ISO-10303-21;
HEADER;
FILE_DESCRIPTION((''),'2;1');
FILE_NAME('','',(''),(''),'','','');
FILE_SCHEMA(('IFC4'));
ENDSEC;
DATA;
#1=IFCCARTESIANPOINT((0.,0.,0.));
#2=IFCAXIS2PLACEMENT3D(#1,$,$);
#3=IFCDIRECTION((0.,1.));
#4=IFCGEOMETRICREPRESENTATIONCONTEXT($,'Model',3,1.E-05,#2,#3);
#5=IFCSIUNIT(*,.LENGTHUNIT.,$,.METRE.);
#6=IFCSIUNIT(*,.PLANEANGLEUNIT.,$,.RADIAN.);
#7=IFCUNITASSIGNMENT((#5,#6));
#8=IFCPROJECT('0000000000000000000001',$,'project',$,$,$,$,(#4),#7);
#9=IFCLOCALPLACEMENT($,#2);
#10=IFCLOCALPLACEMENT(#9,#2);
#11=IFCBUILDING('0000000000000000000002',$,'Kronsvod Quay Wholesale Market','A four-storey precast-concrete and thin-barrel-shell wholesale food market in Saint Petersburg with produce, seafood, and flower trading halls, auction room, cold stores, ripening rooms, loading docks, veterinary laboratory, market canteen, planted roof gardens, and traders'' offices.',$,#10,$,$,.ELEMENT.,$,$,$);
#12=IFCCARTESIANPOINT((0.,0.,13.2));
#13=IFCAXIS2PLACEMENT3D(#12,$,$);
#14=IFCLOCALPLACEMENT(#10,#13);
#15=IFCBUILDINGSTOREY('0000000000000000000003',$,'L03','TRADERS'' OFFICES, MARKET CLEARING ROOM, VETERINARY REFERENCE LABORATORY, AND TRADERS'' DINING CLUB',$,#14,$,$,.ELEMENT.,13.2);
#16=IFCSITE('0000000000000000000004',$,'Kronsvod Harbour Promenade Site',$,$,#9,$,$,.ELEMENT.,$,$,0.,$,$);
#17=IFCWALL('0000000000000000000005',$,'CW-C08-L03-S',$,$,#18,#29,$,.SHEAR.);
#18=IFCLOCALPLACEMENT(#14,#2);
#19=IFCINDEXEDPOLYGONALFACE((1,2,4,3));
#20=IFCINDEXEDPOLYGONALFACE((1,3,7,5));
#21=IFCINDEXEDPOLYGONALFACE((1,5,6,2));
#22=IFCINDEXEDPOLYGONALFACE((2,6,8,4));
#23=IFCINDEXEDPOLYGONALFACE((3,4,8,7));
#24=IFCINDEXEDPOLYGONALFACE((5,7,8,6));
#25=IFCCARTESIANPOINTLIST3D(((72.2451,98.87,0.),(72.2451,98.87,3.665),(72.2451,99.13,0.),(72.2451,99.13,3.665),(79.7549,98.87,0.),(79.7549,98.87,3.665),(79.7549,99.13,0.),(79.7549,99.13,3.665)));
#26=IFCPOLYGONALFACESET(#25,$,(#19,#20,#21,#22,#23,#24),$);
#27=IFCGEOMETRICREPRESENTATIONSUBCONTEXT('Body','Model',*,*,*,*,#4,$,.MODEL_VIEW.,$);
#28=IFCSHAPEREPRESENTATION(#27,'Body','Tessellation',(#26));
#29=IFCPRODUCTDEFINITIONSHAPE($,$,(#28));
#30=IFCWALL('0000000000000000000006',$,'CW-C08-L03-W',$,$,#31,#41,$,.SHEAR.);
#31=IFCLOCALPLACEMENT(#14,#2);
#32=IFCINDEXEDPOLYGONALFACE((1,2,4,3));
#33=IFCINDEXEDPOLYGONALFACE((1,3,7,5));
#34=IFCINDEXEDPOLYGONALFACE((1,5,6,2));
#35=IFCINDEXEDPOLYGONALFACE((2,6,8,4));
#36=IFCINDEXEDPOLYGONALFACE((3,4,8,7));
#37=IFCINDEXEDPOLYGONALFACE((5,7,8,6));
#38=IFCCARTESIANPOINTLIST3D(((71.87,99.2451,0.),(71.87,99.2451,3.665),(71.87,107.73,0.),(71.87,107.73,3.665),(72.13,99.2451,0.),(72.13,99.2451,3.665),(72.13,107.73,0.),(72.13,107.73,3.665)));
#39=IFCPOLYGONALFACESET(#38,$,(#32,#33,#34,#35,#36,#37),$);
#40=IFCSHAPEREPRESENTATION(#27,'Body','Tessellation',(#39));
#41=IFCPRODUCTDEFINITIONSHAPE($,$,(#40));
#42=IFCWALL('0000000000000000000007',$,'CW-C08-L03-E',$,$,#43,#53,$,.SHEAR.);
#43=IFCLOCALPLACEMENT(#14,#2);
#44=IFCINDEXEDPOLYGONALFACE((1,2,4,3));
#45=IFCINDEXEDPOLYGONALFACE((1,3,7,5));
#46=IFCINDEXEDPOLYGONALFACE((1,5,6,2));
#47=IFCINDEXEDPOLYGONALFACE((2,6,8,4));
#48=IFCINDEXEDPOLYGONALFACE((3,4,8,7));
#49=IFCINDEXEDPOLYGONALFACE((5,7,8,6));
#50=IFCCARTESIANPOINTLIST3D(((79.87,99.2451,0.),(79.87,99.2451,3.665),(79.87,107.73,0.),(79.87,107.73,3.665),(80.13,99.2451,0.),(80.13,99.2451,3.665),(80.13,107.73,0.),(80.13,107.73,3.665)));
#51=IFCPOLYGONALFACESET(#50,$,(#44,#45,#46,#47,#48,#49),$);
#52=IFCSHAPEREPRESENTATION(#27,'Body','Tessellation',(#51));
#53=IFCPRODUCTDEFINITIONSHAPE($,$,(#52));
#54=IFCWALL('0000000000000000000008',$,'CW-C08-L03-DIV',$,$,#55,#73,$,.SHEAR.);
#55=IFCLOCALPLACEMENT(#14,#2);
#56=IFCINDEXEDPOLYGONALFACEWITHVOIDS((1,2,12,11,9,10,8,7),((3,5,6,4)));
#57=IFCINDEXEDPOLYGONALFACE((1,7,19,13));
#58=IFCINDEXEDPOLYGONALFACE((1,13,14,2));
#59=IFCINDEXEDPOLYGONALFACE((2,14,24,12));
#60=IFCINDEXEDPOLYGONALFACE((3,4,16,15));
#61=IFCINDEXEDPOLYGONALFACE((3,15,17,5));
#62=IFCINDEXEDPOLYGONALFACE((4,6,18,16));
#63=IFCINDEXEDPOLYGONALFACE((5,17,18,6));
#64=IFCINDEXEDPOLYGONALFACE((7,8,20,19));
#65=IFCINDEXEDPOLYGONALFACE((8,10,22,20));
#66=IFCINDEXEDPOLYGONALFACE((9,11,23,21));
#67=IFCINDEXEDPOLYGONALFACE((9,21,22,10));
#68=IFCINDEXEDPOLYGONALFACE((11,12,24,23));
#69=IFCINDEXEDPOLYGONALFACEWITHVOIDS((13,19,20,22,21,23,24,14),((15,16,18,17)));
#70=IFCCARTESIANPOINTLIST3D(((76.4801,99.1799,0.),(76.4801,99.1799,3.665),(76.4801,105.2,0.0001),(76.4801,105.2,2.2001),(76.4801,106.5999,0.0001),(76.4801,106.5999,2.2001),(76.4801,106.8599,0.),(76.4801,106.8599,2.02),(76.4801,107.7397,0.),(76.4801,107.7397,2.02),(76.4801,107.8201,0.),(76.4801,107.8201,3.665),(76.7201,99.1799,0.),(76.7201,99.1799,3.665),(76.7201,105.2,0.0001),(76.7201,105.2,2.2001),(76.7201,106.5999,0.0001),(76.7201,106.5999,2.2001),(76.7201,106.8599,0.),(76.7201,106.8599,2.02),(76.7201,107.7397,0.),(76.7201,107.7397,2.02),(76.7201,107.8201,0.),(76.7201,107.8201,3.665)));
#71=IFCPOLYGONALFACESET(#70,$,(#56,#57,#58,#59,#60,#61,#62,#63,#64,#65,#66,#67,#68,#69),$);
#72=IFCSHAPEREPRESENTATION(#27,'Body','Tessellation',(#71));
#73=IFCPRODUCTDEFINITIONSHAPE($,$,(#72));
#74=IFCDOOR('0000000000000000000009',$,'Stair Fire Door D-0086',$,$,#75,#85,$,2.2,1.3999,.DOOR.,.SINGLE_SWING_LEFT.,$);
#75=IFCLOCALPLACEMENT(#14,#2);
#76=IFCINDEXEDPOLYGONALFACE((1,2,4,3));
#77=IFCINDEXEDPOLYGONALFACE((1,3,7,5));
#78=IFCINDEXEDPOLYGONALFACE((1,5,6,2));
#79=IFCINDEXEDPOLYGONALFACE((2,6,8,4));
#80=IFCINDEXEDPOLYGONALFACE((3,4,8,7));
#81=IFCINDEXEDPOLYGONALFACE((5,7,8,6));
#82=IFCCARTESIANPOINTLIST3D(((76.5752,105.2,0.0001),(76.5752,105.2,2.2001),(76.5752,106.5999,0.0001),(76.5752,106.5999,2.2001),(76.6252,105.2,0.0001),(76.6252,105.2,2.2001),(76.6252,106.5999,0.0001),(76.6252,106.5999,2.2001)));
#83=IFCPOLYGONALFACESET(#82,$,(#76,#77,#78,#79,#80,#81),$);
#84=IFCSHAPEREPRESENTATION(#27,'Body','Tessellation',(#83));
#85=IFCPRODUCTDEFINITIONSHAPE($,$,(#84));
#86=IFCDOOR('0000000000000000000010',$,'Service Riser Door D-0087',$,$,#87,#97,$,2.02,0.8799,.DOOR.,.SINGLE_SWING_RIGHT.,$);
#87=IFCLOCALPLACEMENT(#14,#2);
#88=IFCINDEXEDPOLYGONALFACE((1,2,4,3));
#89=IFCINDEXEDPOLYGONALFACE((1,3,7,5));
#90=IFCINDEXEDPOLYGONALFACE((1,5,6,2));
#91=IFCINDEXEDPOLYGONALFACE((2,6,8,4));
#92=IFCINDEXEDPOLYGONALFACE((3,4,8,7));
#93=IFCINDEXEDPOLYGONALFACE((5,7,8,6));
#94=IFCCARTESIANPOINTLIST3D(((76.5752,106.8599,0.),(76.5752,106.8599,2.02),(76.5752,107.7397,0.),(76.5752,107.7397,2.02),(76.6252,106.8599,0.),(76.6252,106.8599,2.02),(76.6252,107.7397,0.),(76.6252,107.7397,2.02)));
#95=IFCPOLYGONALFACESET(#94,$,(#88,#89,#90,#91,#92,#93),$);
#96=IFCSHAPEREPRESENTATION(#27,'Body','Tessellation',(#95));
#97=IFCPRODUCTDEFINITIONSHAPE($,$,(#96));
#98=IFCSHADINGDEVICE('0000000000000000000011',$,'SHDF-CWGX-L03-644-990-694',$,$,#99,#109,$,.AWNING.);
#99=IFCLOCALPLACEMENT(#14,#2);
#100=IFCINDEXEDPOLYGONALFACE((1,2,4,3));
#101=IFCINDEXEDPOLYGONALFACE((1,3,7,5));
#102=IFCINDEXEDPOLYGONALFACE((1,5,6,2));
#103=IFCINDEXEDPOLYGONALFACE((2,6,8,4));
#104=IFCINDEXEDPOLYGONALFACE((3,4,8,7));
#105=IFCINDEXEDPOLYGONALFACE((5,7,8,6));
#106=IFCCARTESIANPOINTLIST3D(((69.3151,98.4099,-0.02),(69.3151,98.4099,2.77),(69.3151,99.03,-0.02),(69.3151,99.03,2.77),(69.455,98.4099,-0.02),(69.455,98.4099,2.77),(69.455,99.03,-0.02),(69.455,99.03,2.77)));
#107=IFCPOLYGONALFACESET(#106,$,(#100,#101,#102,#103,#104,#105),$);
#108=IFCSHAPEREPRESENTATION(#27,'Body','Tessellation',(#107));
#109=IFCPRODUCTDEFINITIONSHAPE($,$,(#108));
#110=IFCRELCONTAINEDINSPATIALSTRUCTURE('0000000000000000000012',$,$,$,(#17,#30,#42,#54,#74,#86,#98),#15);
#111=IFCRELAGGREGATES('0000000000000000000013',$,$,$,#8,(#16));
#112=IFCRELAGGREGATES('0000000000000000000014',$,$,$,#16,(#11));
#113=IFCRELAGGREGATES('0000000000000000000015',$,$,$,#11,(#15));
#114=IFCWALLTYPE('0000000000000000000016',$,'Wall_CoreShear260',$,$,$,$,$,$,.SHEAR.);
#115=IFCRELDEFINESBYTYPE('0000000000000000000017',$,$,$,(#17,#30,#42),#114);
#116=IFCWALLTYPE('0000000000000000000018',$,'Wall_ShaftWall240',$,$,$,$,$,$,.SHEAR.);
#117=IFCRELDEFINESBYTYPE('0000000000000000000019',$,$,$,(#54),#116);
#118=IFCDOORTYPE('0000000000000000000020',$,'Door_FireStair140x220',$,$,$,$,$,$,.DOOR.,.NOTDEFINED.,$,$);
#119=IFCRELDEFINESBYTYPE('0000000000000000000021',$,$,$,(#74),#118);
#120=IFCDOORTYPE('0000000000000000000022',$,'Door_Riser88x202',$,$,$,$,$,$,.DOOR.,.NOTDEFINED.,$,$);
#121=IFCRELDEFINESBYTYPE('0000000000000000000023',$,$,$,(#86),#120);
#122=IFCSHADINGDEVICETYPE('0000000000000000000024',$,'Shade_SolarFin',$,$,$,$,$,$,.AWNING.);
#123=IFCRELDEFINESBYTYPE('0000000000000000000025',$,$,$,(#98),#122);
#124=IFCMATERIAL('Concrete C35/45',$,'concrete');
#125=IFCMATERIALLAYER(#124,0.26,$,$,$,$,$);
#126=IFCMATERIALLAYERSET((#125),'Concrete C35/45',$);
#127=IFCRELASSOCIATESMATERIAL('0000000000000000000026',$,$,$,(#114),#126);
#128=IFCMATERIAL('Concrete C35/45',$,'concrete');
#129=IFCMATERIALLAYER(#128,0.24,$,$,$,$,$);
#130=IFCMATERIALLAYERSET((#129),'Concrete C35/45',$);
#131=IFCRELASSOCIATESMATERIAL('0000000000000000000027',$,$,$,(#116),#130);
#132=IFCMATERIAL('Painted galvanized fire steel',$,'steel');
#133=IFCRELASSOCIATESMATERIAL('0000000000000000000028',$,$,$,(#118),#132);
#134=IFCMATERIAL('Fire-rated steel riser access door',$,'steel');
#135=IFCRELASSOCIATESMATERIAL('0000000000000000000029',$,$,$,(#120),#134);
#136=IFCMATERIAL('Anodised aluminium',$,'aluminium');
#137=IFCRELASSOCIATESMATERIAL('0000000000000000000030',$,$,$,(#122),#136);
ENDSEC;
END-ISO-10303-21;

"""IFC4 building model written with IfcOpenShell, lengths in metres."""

from ifc_helpers import new_model, si_unit, direction, frame, frame_2d, origin, origin_2d, place, context, subcontext, project, spatial, rectangle, extrude, material, layer, layer_set, type_object, element, fill, save


model = new_model("IFC4")

# Units and contexts
model_context = context("Model", 3, precision=1e-05, world=origin(), true_north=direction((0.0, 1.0)))
body_context = subcontext(model_context, "Body", "Model", "MODEL_VIEW")
ifc_project = project(units=[si_unit("LENGTHUNIT", "METRE"), si_unit("PLANEANGLEUNIT", "RADIAN")], contexts=[model_context])

# Site, building, storey
site_placement = place(None, origin())
site = spatial("IfcSite", under=ifc_project, at=site_placement, Name="Kronsvod Harbour Promenade Site", CompositionType="ELEMENT", RefElevation=0.0)
building_placement = place(site_placement, origin())
building = spatial("IfcBuilding", under=site, at=building_placement, Name="Kronsvod Quay Wholesale Market", Description="A four-storey precast-concrete and thin-barrel-shell wholesale food market in Saint Petersburg with produce, seafood, and flower trading halls, auction room, cold stores, ripening rooms, loading docks, veterinary laboratory, market canteen, planted roof gardens, and traders' offices.", CompositionType="ELEMENT")
storey_placement = place(building_placement, frame((0.0, 0.0, 13.2)))
storey = spatial("IfcBuildingStorey", under=building, at=storey_placement, Name="L03", Description="TRADERS' OFFICES, MARKET CLEARING ROOM, VETERINARY REFERENCE LABORATORY, AND TRADERS' DINING CLUB", CompositionType="ELEMENT", Elevation=13.2)

# Walls
ifc_material_1 = material(Name="Concrete C35/45", Category="concrete")
ifc_layer_1 = layer(ifc_material_1, 0.26)
ifc_layer_set_1 = layer_set([ifc_layer_1], Name="Concrete C35/45")
wall_type_1 = type_object("IfcWallType", Name="Wall_CoreShear260", PredefinedType="SHEAR", material=ifc_layer_set_1)
wall_1_placement = place(storey_placement, frame((72.2451, 99.0, 0.0), z_axis=(0.0, 0.0, 1.0), x_axis=(1.0, 0.0, 0.0)))
element("IfcWall", 1, at=wall_1_placement, inside=storey, type_object=wall_type_1, Name="CW-C08-L03-S", PredefinedType="SHEAR", context=body_context, shape_type="SweptSolid", body=[
    extrude(rectangle(XDim=7.5098, YDim=0.26, at=frame_2d((3.7549, 0.0))), origin(), (0.0, 0.0, 1.0), 3.665),
])
for number, where, z_axis, x_axis, name in (
    (2, (72.0, 99.2451, 0.0), (0.0, 0.0, 1.0), (0.0, 1.0, 0.0), "CW-C08-L03-W"),
    (3, (80.0, 99.2451, 0.0), (0.0, 0.0, 1.0), (0.0, 1.0, 0.0), "CW-C08-L03-E"),
):
    element("IfcWall", number, at=place(storey_placement, frame(where, z_axis=z_axis, x_axis=x_axis)), inside=storey, type_object=wall_type_1, Name=name, PredefinedType="SHEAR", context=body_context, shape_type="SweptSolid", body=[
        extrude(rectangle(XDim=8.4849, YDim=0.26, at=frame_2d((4.2424, 0.0))), origin(), (0.0, 0.0, 1.0), 3.665),
    ])

# Wall, openings, doors
ifc_material_2 = material(Name="Concrete C35/45", Category="concrete")
ifc_layer_2 = layer(ifc_material_2, 0.24)
ifc_layer_set_2 = layer_set([ifc_layer_2], Name="Concrete C35/45")
wall_type_2 = type_object("IfcWallType", Name="Wall_ShaftWall240", PredefinedType="SHEAR", material=ifc_layer_set_2)
wall_2_placement = place(storey_placement, frame((76.6001, 99.1799, 0.0), z_axis=(0.0, 0.0, 1.0), x_axis=(0.0, 1.0, 0.0)))
wall_2 = element("IfcWall", 4, at=wall_2_placement, inside=storey, type_object=wall_type_2, Name="CW-C08-L03-DIV", PredefinedType="SHEAR", context=body_context, shape_type="SweptSolid", body=[
    extrude(rectangle(XDim=8.6401, YDim=0.24, at=frame_2d((4.3201, 0.0))), origin(), (0.0, 0.0, 1.0), 3.665),
])
opening_1_placement = place(wall_2_placement, frame((6.02, 0.0, 0.0)))
opening_1 = element("IfcOpeningElement", 5, at=opening_1_placement, cuts=wall_2, PredefinedType="OPENING", context=body_context, shape_type="SweptSolid", body=[
    extrude(rectangle(XDim=1.3999, YDim=2.2, at=frame_2d((0.7, 1.1001))), frame((0.0, 0.1299, 0.0), z_axis=(0.0, -1.0, 0.0), x_axis=(1.0, 0.0, 0.0)), (0.0, 0.0, 1.0), 0.26),
])
opening_2_placement = place(wall_2_placement, frame((7.6799, 0.0, 0.0)))
opening_2 = element("IfcOpeningElement", 6, at=opening_2_placement, cuts=wall_2, PredefinedType="OPENING", context=body_context, shape_type="SweptSolid", body=[
    extrude(rectangle(XDim=0.8799, YDim=2.02, at=frame_2d((0.4399, 1.01))), frame((0.0, 0.1299, 0.0), z_axis=(0.0, -1.0, 0.0), x_axis=(1.0, 0.0, 0.0)), (0.0, 0.0, 1.0), 0.26),
])
ifc_material_3 = material(Name="Painted galvanized fire steel", Category="steel")
door_type_1 = type_object("IfcDoorType", Name="Door_FireStair140x220", OperationType="NOTDEFINED", PredefinedType="DOOR", material=ifc_material_3)
door_1_placement = place(opening_1_placement, origin())
door_1 = element("IfcDoor", 7, at=door_1_placement, inside=storey, type_object=door_type_1, Name="Stair Fire Door D-0086", OperationType="SINGLE_SWING_LEFT", OverallHeight=2.2, OverallWidth=1.3999, PredefinedType="DOOR", context=body_context, shape_type="SweptSolid", body=[
    extrude(rectangle(XDim=1.3999, YDim=2.2, at=frame_2d((0.7, 1.1001))), frame((0.0, 0.0249, 0.0), z_axis=(0.0, -1.0, 0.0), x_axis=(1.0, 0.0, 0.0)), (0.0, 0.0, 1.0), 0.05),
])
fill(opening_1, door_1)
ifc_material_4 = material(Name="Fire-rated steel riser access door", Category="steel")
door_type_2 = type_object("IfcDoorType", Name="Door_Riser88x202", OperationType="NOTDEFINED", PredefinedType="DOOR", material=ifc_material_4)
door_2_placement = place(opening_2_placement, origin())
door_2 = element("IfcDoor", 8, at=door_2_placement, inside=storey, type_object=door_type_2, Name="Service Riser Door D-0087", OperationType="SINGLE_SWING_RIGHT", OverallHeight=2.02, OverallWidth=0.8799, PredefinedType="DOOR", context=body_context, shape_type="SweptSolid", body=[
    extrude(rectangle(XDim=0.8799, YDim=2.02, at=frame_2d((0.4399, 1.01))), frame((0.0, 0.0249, 0.0), z_axis=(0.0, -1.0, 0.0), x_axis=(1.0, 0.0, 0.0)), (0.0, 0.0, 1.0), 0.05),
])
fill(opening_2, door_2)

# Shading device
ifc_material_5 = material(Name="Anodised aluminium", Category="aluminium")
shading_device_type = type_object("IfcShadingDeviceType", Name="Shade_SolarFin", PredefinedType="AWNING", material=ifc_material_5)
shading_device_placement = place(storey_placement, frame((69.385, 98.72, -0.02), z_axis=(0.0, 0.0, 1.0), x_axis=(1.0, 0.0, 0.0)))
element("IfcShadingDevice", 9, at=shading_device_placement, inside=storey, type_object=shading_device_type, Name="SHDF-CWGX-L03-644-990-694", PredefinedType="AWNING", context=body_context, shape_type="SweptSolid", body=[
    extrude(rectangle(XDim=0.1399, YDim=0.6201, at=origin_2d()), origin(), (0.0, 0.0, 1.0), 2.79),
])

save(model, "model.ifc")
